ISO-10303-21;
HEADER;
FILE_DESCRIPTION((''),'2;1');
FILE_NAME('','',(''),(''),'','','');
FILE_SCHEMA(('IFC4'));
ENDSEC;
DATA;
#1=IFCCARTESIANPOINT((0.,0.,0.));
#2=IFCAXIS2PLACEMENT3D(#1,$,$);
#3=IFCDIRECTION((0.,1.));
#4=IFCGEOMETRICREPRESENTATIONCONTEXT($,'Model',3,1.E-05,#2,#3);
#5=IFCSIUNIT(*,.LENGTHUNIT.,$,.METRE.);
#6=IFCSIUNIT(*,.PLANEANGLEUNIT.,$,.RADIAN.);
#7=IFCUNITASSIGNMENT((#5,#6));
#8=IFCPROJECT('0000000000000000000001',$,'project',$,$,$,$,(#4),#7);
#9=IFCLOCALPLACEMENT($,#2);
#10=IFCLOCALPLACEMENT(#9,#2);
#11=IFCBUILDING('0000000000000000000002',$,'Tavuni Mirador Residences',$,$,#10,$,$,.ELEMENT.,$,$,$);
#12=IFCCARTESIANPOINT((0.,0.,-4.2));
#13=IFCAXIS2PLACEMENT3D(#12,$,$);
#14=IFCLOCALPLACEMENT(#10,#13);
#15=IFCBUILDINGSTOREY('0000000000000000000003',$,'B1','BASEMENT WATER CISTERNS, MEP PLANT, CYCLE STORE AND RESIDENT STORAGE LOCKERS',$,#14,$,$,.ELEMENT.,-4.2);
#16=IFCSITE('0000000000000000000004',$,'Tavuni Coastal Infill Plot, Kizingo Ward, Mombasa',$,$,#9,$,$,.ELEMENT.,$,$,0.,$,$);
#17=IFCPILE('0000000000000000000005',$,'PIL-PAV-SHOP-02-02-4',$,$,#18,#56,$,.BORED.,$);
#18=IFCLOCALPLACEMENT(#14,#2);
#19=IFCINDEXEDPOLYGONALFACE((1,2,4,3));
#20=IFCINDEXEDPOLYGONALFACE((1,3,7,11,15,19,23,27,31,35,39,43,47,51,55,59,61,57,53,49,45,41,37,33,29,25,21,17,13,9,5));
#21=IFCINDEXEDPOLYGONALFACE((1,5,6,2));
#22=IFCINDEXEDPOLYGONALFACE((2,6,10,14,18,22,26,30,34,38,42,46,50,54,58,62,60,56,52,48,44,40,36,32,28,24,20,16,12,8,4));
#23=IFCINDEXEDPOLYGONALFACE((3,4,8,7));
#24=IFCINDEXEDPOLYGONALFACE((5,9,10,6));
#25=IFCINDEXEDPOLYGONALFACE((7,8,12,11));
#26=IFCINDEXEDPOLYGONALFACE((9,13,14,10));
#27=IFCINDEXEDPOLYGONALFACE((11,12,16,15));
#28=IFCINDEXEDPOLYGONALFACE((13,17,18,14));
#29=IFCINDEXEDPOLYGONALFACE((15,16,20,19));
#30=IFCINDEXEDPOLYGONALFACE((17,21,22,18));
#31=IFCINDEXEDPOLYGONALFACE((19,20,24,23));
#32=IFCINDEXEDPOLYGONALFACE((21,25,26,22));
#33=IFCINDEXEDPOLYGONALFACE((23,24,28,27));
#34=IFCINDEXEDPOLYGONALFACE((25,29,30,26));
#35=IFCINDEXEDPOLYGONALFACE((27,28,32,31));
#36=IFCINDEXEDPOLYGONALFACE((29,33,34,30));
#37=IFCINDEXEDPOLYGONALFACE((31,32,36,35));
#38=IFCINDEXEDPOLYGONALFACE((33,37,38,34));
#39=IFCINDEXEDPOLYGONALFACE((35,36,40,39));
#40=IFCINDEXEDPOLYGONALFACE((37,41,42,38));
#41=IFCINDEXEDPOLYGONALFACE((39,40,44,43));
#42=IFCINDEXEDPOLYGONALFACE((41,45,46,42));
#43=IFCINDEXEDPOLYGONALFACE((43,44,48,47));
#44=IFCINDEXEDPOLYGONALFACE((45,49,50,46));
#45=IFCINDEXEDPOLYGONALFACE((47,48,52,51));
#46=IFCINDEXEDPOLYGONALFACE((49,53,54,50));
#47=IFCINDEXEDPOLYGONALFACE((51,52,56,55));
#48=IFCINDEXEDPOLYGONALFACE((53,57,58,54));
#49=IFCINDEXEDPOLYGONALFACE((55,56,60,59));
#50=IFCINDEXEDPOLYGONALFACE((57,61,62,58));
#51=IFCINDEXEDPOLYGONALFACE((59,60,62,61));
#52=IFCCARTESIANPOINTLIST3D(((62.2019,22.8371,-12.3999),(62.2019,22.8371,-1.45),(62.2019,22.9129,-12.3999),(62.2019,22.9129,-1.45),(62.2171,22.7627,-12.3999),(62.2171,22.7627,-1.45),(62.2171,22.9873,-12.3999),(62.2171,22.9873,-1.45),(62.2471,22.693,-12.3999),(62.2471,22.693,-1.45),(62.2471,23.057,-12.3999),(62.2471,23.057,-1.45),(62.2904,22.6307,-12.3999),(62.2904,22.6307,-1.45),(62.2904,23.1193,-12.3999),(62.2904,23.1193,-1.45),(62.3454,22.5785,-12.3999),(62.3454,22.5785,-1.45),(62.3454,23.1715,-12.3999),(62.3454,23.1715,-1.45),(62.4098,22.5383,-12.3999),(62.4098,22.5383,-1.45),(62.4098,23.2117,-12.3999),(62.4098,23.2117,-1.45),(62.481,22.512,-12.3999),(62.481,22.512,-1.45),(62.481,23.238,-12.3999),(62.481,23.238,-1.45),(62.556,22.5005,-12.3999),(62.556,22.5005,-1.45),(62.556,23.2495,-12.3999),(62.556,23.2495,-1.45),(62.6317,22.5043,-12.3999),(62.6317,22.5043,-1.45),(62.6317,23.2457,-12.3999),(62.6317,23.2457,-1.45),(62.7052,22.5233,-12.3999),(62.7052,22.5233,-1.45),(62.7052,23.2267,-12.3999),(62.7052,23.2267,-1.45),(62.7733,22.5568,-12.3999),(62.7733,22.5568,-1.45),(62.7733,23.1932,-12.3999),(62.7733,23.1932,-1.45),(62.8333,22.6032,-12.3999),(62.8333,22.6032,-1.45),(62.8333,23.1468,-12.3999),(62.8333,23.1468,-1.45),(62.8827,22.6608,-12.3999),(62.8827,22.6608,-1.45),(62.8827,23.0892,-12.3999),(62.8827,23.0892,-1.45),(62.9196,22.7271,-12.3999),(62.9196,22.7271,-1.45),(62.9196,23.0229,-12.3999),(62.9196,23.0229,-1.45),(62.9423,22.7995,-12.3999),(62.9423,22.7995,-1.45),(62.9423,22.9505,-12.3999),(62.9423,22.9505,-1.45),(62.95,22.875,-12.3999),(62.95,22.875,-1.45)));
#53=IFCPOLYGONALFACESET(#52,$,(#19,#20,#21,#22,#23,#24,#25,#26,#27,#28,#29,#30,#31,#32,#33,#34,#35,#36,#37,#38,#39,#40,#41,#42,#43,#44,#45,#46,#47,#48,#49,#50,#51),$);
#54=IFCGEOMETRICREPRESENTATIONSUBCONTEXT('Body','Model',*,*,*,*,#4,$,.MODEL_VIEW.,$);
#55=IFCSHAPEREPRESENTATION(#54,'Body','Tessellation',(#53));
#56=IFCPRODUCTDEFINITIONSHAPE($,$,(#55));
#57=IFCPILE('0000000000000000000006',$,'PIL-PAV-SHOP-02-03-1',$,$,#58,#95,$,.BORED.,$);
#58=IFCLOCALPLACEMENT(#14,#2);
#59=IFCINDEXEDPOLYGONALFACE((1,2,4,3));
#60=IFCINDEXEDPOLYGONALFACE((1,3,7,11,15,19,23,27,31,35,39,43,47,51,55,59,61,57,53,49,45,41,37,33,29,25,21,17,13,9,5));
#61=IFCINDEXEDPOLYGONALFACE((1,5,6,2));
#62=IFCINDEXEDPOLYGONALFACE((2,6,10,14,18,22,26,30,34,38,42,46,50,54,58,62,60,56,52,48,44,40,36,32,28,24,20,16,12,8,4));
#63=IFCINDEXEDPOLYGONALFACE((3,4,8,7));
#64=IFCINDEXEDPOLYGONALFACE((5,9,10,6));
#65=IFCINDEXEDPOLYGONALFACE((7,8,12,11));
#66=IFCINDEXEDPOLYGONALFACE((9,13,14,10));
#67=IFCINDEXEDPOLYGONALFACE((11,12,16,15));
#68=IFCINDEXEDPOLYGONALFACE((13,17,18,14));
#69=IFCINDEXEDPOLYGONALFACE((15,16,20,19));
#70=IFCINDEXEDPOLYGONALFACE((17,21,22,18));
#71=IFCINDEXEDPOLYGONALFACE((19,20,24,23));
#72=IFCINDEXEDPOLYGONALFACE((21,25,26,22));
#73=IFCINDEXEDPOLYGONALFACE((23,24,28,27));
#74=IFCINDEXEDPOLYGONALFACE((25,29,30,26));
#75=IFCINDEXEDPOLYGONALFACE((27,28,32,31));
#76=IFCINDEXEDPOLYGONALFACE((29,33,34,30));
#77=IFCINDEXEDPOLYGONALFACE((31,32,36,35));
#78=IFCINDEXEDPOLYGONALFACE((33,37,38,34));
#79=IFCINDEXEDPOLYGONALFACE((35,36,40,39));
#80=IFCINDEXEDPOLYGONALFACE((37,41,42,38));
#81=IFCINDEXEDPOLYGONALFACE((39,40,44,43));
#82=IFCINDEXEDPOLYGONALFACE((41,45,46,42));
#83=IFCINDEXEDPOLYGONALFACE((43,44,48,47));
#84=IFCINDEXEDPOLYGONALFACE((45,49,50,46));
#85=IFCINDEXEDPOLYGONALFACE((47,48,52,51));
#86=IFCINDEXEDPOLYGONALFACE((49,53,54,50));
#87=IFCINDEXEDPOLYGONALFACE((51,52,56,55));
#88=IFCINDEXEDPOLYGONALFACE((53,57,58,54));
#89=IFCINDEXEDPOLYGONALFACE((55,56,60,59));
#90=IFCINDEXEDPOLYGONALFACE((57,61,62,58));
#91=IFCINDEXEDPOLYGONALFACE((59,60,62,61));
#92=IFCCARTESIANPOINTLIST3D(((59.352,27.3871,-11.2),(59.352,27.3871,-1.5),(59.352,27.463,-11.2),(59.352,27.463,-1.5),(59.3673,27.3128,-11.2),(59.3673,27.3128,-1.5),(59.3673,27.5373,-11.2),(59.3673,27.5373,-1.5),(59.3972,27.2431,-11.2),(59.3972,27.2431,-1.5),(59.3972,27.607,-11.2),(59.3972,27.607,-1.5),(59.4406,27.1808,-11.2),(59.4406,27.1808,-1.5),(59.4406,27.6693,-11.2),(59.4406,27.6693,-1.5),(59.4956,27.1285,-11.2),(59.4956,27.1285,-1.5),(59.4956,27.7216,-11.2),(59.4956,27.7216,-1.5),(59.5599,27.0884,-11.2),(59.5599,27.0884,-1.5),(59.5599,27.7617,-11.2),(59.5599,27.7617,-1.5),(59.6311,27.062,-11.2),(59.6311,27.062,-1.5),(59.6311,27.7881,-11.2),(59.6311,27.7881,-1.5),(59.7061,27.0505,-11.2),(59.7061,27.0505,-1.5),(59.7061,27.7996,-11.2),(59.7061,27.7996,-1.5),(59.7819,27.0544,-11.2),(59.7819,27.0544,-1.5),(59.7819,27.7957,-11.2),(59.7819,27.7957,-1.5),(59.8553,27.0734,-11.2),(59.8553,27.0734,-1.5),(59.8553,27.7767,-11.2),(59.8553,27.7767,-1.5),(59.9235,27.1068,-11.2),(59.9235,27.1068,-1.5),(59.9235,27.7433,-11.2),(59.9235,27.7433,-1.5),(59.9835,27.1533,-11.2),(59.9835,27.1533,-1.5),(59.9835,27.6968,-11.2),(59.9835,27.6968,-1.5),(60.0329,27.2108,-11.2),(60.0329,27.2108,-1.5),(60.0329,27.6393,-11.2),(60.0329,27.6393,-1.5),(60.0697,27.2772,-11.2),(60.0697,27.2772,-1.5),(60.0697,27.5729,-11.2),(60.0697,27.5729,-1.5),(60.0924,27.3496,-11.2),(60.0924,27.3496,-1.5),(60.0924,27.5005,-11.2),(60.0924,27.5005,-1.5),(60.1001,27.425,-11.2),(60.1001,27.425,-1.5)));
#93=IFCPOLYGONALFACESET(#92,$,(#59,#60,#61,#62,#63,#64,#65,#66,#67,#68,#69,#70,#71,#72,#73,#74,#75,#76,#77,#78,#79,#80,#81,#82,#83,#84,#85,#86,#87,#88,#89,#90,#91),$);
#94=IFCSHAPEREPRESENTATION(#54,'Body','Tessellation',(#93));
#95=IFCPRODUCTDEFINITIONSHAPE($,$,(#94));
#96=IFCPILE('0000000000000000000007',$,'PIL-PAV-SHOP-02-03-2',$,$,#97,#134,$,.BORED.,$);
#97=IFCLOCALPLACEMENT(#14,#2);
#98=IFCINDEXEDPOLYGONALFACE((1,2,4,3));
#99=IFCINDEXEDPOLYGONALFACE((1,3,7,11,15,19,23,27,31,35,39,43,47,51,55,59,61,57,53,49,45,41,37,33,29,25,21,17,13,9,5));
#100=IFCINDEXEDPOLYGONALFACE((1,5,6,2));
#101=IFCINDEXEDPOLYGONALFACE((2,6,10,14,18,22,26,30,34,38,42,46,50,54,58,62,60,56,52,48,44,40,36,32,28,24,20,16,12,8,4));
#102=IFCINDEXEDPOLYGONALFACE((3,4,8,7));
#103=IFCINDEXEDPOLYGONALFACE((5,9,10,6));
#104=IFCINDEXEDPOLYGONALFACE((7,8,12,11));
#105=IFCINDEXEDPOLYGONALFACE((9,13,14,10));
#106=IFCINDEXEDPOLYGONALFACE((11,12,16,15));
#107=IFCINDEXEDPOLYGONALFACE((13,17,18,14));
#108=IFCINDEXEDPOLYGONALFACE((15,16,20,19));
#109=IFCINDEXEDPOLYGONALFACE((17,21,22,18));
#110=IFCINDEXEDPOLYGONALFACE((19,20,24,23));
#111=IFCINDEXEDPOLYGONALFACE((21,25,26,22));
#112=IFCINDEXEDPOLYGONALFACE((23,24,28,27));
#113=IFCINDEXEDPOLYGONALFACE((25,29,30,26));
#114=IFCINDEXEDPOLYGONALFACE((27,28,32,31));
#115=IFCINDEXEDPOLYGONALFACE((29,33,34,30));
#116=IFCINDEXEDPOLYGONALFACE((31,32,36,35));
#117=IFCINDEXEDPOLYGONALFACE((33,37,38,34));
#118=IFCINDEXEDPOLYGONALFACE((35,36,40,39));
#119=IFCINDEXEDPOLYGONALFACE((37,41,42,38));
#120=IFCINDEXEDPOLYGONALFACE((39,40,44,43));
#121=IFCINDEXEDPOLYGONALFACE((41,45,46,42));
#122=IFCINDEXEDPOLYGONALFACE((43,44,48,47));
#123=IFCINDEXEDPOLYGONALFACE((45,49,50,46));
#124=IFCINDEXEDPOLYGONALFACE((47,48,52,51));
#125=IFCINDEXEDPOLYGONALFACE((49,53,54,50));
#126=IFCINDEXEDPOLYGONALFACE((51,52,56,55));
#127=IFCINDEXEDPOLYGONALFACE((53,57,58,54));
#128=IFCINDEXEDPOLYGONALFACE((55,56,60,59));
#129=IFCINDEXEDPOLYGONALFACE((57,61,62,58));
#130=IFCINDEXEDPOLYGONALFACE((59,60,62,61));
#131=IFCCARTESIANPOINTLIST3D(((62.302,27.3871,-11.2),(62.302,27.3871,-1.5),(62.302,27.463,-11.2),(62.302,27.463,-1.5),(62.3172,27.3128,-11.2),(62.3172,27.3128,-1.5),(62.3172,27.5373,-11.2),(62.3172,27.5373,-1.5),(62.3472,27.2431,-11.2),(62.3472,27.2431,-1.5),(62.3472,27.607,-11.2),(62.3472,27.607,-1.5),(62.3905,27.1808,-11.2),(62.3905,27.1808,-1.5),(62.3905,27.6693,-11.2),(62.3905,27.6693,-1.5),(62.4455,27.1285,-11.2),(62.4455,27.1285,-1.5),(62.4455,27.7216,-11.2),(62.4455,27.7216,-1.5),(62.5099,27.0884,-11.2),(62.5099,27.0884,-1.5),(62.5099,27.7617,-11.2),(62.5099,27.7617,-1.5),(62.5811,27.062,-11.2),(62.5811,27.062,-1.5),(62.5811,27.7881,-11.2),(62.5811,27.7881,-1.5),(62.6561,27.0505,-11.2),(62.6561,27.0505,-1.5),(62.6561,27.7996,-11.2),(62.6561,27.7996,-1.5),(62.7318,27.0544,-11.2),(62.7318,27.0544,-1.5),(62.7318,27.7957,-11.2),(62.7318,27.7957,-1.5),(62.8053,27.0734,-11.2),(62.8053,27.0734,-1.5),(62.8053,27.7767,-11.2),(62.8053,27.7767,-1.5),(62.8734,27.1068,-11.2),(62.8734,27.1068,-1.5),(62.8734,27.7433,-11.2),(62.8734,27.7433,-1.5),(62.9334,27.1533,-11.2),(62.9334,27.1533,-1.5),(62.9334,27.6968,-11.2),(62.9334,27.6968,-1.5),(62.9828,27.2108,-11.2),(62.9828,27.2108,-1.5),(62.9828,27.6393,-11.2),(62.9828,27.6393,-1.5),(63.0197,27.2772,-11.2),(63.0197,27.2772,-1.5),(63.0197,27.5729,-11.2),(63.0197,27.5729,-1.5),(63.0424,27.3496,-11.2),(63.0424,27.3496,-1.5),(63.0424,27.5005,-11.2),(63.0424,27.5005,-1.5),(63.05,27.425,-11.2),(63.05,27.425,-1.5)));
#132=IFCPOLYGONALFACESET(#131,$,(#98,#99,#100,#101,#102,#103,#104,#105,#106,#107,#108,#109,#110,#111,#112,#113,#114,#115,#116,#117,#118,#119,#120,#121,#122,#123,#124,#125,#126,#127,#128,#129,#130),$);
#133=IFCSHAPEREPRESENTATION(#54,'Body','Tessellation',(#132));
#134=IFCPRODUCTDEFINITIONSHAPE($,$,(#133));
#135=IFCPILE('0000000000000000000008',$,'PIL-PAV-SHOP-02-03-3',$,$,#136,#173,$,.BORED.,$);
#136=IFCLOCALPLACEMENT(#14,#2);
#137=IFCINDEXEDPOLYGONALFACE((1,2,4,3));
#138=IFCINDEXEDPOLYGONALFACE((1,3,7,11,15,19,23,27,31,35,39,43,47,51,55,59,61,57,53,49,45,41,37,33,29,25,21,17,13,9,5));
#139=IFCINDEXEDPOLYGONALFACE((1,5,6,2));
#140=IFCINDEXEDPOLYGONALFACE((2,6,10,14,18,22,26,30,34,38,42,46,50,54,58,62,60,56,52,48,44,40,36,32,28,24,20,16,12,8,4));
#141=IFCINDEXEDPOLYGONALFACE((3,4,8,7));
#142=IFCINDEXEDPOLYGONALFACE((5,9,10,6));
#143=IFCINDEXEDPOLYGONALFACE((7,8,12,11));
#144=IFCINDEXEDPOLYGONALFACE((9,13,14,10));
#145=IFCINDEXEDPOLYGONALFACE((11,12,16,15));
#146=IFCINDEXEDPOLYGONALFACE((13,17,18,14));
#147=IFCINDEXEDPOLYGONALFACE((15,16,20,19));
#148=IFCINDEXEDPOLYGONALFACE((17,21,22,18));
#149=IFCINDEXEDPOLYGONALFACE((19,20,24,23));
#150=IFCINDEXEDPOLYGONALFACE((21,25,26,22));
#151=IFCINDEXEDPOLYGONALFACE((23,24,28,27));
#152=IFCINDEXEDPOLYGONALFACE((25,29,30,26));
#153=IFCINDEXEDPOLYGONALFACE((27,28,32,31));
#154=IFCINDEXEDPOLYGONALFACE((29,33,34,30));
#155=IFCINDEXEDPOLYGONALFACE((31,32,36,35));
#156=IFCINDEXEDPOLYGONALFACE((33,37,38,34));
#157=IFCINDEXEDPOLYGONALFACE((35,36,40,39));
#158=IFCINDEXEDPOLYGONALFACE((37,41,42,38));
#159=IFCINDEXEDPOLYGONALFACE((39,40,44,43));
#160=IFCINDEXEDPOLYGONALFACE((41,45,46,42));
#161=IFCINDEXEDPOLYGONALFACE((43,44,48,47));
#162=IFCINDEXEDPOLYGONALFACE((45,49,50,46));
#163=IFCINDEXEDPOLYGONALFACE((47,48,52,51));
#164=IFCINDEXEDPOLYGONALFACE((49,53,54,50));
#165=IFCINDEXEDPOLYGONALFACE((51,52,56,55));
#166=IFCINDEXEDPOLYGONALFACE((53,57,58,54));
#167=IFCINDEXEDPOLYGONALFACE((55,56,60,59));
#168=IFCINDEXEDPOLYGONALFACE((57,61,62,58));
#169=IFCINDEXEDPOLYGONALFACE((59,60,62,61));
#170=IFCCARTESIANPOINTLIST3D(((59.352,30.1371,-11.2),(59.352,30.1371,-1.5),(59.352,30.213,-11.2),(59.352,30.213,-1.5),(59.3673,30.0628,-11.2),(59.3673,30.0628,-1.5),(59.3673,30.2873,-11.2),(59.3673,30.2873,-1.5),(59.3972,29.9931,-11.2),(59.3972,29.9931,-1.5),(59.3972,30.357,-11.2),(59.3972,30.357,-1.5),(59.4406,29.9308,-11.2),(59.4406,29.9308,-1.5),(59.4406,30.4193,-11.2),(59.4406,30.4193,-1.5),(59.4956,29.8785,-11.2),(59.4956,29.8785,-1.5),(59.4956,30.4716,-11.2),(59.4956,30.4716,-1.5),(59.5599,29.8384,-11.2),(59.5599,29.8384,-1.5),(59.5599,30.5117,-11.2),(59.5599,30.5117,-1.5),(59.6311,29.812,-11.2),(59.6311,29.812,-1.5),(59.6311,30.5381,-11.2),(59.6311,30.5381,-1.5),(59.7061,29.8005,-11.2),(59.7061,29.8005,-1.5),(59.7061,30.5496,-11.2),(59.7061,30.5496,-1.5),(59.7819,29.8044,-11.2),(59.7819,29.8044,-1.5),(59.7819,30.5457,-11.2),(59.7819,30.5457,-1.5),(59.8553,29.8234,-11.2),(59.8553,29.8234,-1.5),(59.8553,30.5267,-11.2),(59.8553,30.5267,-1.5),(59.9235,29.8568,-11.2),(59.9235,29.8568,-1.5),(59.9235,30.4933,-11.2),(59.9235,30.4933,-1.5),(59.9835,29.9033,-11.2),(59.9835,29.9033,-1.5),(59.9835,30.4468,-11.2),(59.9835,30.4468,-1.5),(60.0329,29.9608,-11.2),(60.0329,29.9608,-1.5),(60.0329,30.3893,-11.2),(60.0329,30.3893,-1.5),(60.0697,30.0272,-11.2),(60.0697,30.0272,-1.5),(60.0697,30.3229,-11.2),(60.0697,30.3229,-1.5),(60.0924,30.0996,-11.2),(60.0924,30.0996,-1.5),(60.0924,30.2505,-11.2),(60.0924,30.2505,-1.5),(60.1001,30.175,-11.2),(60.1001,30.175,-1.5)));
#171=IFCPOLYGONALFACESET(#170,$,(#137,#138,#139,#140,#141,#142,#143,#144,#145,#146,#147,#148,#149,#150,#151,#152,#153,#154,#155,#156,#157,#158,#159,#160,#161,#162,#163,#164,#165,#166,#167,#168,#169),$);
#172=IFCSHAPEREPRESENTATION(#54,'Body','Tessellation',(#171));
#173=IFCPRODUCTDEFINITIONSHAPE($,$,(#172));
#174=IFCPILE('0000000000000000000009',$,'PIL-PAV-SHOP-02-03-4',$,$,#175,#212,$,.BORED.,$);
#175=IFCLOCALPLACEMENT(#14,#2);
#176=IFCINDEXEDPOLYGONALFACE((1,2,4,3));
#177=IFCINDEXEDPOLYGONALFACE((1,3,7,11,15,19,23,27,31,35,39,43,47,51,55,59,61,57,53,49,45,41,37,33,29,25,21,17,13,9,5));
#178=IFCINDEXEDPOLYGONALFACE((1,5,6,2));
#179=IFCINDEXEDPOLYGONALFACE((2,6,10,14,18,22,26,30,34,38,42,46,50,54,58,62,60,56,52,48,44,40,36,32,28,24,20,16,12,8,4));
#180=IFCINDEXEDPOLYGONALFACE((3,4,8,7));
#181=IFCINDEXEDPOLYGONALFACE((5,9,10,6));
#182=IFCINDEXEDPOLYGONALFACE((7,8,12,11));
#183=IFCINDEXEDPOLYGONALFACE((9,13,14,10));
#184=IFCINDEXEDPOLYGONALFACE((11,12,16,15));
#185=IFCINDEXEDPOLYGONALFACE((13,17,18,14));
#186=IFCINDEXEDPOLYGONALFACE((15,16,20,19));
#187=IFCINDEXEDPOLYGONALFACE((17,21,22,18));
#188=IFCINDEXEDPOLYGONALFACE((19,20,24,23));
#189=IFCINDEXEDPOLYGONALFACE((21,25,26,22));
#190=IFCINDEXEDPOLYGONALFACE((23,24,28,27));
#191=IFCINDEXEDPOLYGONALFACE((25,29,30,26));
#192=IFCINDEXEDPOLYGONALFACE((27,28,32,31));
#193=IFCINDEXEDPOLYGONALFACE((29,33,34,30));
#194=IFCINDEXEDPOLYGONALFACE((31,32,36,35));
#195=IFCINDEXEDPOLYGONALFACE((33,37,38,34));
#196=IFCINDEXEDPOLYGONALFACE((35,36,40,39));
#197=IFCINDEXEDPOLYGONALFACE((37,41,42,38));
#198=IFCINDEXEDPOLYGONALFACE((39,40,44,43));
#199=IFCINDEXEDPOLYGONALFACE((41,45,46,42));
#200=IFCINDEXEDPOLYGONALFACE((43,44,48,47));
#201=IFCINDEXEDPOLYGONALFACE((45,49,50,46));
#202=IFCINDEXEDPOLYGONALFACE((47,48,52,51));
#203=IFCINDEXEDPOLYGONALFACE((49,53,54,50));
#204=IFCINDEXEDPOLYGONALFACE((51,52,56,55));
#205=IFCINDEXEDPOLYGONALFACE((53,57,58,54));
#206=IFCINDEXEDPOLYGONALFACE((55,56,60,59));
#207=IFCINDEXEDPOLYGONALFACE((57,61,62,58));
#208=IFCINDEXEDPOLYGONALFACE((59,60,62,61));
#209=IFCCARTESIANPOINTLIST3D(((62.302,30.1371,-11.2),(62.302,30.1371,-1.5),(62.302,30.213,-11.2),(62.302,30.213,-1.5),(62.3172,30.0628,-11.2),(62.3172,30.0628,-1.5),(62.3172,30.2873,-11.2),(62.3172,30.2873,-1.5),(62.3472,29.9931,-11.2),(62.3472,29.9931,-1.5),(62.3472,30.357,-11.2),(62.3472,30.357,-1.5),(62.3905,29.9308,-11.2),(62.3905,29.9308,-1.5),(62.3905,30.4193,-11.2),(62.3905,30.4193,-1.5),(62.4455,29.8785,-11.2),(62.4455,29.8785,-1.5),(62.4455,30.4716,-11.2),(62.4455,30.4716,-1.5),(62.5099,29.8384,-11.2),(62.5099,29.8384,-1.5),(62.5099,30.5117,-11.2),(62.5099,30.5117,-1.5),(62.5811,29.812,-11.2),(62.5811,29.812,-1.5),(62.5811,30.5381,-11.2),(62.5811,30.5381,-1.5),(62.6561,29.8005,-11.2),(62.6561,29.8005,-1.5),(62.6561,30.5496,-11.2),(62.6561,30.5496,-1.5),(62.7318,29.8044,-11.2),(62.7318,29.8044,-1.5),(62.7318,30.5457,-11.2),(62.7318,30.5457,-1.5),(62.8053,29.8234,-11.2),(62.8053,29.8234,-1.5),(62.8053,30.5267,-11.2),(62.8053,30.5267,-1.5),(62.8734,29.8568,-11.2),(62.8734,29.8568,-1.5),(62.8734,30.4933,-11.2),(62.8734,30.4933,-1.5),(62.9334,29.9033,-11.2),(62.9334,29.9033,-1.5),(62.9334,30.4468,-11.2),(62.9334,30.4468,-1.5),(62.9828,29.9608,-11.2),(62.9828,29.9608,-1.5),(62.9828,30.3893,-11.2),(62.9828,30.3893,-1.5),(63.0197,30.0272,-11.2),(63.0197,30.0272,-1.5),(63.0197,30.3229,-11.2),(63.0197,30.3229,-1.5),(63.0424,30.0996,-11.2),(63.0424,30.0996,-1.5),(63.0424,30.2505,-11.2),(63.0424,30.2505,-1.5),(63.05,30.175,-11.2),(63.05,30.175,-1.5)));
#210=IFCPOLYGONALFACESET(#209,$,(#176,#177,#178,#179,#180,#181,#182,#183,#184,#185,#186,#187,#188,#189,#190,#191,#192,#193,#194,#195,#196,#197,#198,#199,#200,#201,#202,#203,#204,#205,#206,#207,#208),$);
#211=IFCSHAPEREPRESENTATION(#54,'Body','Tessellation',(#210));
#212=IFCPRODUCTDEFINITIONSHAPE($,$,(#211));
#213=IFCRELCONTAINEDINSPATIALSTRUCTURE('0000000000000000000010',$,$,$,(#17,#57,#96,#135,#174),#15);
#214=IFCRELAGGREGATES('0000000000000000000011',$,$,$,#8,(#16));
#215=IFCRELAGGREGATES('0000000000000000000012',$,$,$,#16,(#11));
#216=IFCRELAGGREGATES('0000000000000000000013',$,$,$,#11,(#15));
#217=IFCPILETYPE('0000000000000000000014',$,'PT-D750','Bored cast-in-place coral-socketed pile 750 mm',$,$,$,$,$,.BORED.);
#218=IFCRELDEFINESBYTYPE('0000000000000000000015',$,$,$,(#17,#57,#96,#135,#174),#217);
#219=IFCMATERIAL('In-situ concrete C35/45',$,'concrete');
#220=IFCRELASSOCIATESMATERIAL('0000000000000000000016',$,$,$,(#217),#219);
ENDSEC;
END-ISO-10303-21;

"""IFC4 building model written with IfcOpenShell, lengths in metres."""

from ifc_helpers import new_model, si_unit, direction, frame, origin, origin_2d, place, context, subcontext, project, spatial, circle, extrude, material, material_profile, profile_set, type_object, element, save


model = new_model("IFC4")

# Units and contexts
model_context = context("Model", 3, precision=1e-05, world=origin(), true_north=direction((0.0, 1.0)))
body_context = subcontext(model_context, "Body", "Model", "MODEL_VIEW")
ifc_project = project(units=[si_unit("LENGTHUNIT", "METRE"), si_unit("PLANEANGLEUNIT", "RADIAN")], contexts=[model_context])

# Site, building, storey
site_placement = place(None, origin())
site = spatial("IfcSite", under=ifc_project, at=site_placement, Name="Tavuni Coastal Infill Plot, Kizingo Ward, Mombasa", CompositionType="ELEMENT", RefElevation=0.0)
building_placement = place(site_placement, origin())
building = spatial("IfcBuilding", under=site, at=building_placement, Name="Tavuni Mirador Residences", CompositionType="ELEMENT")
storey_placement = place(building_placement, frame((0.0, 0.0, -4.2)))
storey = spatial("IfcBuildingStorey", under=building, at=storey_placement, Name="B1", Description="BASEMENT WATER CISTERNS, MEP PLANT, CYCLE STORE AND RESIDENT STORAGE LOCKERS", CompositionType="ELEMENT", Elevation=-4.2)

# Shared definitions
ifc_material_1 = material(Name="In-situ concrete C35/45", Category="concrete")

# Piles
ifc_material_profile_1 = material_profile(ifc_material_1, circle(Radius=0.375, at=origin_2d()), Name="PILE D750", Category="concrete")
ifc_profile_set_1 = profile_set([ifc_material_profile_1], Name="In-situ concrete C35/45")
pile_type_1 = type_object("IfcPileType", Name="PT-D750", Description="Bored cast-in-place coral-socketed pile 750 mm", PredefinedType="BORED", material=ifc_profile_set_1)
for number, where, z_axis, x_axis, name in (
    (1, (62.575, 22.875, -1.45), (0.0, 0.0, -1.0), (1.0, 0.0, 0.0), "PIL-PAV-SHOP-02-02-4"),
):
    element("IfcPile", number, at=place(storey_placement, frame(where, z_axis=z_axis, x_axis=x_axis)), inside=storey, type_object=pile_type_1, Name=name, PredefinedType="BORED", context=body_context, shape_type="SweptSolid", body=[
        extrude(circle(Radius=0.375, at=origin_2d()), origin(), (0.0, 0.0, 1.0), 10.95),
    ])
for number, where, z_axis, x_axis, name in (
    (2, (59.7251, 27.425, -1.5), (0.0, 0.0, -1.0), (1.0, 0.0, 0.0), "PIL-PAV-SHOP-02-03-1"),
    (3, (62.675, 27.425, -1.5), (0.0, 0.0, -1.0), (1.0, 0.0, 0.0), "PIL-PAV-SHOP-02-03-2"),
    (4, (59.7251, 30.175, -1.5), (0.0, 0.0, -1.0), (1.0, 0.0, 0.0), "PIL-PAV-SHOP-02-03-3"),
    (5, (62.675, 30.175, -1.5), (0.0, 0.0, -1.0), (1.0, 0.0, 0.0), "PIL-PAV-SHOP-02-03-4"),
):
    element("IfcPile", number, at=place(storey_placement, frame(where, z_axis=z_axis, x_axis=x_axis)), inside=storey, type_object=pile_type_1, Name=name, PredefinedType="BORED", context=body_context, shape_type="SweptSolid", body=[
        extrude(circle(Radius=0.375, at=origin_2d()), origin(), (0.0, 0.0, 1.0), 9.7),
    ])

save(model, "model.ifc")
